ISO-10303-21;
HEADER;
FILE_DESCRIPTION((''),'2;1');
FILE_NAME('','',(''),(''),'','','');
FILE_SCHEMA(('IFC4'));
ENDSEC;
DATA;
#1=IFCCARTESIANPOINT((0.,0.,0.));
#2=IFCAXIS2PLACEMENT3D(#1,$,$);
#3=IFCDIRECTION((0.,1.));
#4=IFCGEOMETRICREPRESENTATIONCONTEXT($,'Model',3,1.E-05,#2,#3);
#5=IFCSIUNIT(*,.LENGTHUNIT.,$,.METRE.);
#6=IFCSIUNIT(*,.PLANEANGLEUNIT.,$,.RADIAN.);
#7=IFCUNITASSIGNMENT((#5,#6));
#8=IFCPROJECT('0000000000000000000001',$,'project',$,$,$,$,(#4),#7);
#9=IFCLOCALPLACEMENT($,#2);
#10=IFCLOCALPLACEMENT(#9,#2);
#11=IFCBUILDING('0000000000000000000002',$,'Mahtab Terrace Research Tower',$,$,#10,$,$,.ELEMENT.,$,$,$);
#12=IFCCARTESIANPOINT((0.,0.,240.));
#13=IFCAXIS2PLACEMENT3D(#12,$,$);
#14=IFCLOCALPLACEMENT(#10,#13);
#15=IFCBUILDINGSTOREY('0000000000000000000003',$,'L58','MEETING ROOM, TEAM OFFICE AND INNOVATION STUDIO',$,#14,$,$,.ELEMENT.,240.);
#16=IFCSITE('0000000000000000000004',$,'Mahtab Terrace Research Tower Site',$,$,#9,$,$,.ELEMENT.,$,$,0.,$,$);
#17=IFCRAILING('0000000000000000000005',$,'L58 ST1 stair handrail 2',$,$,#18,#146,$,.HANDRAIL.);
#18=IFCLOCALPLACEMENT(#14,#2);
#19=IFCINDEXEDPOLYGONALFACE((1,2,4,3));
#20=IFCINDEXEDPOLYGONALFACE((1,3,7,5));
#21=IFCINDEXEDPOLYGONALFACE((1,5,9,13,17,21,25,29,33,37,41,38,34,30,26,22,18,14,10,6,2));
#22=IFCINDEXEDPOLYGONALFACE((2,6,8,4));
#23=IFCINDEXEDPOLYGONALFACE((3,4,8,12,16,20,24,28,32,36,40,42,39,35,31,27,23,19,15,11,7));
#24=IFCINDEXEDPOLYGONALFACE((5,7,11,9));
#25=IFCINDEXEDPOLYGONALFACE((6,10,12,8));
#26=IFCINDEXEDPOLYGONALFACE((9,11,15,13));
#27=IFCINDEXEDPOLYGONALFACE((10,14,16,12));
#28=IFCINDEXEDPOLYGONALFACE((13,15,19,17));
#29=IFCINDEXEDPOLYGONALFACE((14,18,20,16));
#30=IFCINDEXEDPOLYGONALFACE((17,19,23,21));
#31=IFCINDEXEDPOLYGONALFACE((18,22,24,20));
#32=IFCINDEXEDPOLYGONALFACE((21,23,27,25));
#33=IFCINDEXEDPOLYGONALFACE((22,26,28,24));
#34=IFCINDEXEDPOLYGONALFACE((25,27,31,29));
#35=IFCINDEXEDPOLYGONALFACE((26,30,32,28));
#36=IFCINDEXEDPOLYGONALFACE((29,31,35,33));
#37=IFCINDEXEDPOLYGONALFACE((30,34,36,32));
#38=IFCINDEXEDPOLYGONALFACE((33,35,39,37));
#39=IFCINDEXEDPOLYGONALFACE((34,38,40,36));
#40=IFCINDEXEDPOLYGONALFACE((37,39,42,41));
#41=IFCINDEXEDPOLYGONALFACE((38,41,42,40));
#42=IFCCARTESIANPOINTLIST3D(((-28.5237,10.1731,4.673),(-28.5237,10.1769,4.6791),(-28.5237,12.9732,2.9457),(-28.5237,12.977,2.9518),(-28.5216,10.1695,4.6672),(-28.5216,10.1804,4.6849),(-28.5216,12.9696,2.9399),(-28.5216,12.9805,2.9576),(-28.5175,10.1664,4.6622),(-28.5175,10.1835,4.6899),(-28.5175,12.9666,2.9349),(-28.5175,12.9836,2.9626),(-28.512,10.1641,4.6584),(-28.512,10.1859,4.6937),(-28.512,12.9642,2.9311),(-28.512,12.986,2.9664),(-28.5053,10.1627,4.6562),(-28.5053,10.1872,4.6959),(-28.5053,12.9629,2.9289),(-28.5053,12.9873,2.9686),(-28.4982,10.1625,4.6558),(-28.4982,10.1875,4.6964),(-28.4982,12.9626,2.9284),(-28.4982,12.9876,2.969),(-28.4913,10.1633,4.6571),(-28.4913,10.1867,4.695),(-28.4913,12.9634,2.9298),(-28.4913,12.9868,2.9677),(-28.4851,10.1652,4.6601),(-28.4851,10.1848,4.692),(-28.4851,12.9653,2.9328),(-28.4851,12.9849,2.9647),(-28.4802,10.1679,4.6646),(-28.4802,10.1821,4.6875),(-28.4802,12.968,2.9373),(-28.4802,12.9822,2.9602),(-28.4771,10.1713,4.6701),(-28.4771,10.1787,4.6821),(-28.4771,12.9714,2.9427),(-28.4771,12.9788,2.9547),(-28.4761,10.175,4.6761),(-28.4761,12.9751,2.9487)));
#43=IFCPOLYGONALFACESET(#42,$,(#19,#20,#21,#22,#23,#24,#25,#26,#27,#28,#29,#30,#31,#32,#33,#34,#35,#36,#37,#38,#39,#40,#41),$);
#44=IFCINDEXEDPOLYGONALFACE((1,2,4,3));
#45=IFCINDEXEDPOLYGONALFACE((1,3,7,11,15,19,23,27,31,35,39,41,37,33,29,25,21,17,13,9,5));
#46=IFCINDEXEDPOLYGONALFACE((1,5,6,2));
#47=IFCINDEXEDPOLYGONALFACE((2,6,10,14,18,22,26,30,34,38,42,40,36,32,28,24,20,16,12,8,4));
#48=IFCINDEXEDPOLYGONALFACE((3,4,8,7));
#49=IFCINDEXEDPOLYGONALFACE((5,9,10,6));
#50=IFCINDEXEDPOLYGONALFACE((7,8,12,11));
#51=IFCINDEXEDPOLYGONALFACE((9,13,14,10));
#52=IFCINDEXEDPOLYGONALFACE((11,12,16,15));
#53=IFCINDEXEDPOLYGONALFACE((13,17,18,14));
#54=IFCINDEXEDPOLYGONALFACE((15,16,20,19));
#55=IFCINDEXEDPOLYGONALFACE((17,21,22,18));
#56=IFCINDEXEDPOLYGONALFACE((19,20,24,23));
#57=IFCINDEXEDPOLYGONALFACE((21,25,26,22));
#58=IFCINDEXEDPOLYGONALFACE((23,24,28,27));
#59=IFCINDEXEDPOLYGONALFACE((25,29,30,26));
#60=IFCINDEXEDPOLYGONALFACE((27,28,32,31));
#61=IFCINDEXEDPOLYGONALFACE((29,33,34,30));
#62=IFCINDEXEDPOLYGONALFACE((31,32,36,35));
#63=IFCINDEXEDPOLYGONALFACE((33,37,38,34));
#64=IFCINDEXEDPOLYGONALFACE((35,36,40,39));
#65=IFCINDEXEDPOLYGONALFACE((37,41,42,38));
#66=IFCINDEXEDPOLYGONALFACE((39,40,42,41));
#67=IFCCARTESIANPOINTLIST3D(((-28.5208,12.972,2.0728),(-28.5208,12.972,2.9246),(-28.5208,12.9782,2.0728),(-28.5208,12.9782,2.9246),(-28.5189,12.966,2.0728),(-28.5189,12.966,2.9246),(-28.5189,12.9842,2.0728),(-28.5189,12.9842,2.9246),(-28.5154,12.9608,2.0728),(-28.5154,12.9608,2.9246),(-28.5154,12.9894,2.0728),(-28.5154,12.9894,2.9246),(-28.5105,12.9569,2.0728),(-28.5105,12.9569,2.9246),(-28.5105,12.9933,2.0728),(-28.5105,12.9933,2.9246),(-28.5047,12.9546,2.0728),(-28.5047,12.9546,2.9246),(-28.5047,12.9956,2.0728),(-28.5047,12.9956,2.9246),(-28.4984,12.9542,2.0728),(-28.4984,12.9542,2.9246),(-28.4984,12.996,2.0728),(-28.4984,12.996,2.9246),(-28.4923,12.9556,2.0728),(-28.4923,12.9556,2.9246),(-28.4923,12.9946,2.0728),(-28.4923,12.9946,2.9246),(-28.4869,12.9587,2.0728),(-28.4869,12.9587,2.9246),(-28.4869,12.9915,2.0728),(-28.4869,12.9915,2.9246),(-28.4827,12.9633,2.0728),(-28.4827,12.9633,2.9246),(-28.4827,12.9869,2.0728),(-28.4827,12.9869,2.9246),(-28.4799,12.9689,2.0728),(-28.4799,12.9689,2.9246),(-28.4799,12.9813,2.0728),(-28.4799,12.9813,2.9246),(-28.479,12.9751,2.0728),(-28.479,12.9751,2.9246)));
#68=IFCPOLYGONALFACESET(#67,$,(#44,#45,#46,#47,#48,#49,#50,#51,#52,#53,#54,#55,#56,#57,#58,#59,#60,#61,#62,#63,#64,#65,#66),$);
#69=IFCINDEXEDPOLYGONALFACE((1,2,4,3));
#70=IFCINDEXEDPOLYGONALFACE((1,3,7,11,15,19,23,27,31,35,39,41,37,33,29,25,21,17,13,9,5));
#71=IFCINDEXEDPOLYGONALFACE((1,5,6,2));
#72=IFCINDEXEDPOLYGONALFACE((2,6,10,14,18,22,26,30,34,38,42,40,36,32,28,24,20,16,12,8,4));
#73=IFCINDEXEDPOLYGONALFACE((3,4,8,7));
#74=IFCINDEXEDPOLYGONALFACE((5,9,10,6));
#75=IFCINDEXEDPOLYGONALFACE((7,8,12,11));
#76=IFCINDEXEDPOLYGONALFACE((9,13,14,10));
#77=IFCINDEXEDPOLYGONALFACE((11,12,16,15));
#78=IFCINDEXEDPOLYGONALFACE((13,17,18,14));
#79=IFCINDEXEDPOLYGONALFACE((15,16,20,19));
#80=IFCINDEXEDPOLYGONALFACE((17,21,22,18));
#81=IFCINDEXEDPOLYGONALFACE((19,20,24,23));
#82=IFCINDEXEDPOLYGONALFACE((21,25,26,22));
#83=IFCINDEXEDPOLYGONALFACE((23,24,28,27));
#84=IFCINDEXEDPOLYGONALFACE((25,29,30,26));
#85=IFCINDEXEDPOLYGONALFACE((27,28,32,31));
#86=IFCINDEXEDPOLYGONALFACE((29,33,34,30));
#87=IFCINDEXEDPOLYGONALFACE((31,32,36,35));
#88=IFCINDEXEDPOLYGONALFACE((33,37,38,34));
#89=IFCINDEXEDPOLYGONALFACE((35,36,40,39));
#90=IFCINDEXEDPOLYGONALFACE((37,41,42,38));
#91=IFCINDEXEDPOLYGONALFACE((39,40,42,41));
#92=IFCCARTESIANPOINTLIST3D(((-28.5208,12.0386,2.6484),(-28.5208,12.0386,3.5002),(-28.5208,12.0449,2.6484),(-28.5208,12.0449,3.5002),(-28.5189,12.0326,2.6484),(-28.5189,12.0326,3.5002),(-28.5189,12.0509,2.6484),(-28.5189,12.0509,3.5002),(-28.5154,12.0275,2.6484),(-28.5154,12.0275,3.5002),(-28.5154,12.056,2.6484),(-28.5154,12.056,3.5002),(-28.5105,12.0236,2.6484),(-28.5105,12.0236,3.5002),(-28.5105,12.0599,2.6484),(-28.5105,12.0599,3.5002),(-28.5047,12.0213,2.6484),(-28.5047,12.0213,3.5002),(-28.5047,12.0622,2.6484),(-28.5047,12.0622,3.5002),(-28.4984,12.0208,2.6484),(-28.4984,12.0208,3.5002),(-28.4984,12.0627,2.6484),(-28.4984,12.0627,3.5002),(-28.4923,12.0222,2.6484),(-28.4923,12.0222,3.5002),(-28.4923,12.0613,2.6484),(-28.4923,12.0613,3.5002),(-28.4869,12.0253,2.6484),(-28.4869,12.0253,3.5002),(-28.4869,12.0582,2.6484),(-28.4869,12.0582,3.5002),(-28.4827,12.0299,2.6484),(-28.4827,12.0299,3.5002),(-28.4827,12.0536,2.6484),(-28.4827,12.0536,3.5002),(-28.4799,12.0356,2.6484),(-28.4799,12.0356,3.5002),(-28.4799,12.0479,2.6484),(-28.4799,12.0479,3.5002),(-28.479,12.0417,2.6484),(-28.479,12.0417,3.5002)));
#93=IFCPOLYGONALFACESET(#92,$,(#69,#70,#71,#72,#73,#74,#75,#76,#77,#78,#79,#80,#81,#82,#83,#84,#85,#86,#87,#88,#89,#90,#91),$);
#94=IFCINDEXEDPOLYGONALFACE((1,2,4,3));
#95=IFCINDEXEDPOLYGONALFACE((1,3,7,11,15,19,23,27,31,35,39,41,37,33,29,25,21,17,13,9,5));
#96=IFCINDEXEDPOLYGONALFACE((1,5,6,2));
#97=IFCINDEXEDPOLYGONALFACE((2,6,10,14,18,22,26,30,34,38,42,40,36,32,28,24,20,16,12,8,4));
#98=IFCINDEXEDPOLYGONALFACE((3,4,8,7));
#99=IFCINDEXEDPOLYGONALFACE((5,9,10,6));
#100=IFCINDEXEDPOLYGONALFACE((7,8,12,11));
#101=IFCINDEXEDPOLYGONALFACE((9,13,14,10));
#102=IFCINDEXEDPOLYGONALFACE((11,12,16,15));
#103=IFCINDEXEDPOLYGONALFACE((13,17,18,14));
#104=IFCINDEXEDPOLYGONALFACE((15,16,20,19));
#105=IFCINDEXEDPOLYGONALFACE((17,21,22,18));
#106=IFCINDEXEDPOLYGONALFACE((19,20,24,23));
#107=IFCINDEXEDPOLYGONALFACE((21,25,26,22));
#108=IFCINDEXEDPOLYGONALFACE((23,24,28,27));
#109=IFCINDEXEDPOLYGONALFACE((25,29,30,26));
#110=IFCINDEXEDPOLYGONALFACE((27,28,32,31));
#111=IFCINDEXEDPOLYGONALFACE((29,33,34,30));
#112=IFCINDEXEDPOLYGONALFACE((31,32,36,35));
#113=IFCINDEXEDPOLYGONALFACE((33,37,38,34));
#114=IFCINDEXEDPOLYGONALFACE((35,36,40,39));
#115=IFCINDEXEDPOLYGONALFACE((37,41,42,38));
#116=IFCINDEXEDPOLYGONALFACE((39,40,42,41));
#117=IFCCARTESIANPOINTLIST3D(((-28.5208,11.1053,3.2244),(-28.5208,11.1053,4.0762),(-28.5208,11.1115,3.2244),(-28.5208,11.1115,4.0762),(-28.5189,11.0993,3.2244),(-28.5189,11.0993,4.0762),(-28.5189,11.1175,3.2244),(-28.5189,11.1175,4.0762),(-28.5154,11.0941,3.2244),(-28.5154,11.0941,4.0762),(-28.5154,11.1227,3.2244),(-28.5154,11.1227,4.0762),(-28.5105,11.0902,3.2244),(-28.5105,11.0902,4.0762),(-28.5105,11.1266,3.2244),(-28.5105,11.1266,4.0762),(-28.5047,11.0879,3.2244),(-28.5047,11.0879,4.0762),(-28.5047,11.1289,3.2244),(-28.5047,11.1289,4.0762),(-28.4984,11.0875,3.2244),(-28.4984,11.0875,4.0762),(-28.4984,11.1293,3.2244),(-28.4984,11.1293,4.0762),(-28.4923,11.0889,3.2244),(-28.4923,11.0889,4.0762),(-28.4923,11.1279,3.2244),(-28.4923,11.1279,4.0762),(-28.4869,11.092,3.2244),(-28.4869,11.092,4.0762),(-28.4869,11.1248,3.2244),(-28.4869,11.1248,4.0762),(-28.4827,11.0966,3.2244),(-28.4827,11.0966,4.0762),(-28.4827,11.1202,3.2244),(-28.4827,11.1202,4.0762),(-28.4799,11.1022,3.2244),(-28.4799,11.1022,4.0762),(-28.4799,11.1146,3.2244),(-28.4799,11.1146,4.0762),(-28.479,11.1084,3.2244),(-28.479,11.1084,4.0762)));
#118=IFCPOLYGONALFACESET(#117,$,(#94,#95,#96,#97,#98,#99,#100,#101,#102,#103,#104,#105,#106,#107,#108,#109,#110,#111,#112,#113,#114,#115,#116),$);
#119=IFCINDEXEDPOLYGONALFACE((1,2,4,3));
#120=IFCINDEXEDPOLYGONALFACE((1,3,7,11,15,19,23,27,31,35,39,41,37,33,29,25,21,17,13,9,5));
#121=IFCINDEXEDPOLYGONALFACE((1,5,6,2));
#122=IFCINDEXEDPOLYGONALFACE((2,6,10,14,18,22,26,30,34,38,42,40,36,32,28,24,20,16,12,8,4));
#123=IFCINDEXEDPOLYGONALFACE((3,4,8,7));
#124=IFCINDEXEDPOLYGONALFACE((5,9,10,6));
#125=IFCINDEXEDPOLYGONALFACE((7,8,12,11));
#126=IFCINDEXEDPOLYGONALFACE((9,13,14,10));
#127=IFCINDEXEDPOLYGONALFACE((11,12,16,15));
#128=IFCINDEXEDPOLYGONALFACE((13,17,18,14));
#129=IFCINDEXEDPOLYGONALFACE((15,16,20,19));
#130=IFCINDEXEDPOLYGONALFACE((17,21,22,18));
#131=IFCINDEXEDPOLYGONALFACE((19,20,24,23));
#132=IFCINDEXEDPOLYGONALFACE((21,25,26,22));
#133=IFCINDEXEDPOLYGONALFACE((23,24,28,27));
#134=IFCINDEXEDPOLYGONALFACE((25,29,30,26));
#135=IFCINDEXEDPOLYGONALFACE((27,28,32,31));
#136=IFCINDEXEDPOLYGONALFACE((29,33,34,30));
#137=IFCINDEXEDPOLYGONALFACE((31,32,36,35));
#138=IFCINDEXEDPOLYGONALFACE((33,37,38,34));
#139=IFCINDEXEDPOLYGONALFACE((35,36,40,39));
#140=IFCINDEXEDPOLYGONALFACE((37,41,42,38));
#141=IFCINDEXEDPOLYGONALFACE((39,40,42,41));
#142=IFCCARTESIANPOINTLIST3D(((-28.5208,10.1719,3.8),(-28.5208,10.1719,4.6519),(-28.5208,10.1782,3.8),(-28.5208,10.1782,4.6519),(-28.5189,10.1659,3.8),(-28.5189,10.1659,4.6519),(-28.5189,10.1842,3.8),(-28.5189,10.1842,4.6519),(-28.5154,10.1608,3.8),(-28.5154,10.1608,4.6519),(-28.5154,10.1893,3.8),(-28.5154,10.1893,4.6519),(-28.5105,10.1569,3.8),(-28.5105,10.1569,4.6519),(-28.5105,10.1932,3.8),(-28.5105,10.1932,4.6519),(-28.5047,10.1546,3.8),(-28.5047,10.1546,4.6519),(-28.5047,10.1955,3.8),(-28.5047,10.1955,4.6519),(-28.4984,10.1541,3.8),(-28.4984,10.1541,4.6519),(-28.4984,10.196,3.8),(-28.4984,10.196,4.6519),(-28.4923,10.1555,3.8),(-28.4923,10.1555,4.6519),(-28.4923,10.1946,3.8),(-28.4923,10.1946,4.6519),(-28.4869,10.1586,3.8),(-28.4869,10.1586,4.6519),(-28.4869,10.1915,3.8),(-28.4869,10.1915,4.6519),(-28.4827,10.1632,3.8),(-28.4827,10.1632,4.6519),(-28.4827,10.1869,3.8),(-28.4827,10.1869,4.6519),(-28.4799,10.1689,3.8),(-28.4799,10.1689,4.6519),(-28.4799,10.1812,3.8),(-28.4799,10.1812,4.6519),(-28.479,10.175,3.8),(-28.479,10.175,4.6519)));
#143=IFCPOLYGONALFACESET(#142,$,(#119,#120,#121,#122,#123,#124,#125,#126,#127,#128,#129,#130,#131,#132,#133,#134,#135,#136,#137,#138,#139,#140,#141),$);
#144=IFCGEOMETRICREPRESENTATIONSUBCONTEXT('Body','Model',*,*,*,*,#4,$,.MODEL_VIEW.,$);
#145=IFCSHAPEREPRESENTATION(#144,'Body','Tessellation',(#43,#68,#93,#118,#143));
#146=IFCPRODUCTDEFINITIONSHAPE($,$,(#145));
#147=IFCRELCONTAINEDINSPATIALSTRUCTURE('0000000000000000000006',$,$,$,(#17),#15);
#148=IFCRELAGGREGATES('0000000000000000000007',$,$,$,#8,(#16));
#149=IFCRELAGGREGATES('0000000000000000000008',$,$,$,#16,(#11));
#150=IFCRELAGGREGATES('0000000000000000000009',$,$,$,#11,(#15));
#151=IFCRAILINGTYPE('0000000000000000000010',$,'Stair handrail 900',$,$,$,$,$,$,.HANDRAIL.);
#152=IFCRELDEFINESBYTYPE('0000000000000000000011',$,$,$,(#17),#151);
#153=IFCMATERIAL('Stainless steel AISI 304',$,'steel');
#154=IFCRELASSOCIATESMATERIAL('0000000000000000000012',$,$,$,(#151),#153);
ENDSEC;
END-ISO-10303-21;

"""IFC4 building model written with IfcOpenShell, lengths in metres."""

from ifc_helpers import new_model, si_unit, direction, frame, origin, origin_2d, place, context, subcontext, project, spatial, circle, extrude, material, type_object, element, save


model = new_model("IFC4")

# Units and contexts
model_context = context("Model", 3, precision=1e-05, world=origin(), true_north=direction((0.0, 1.0)))
body_context = subcontext(model_context, "Body", "Model", "MODEL_VIEW")
ifc_project = project(units=[si_unit("LENGTHUNIT", "METRE"), si_unit("PLANEANGLEUNIT", "RADIAN")], contexts=[model_context])

# Site, building, storey
site_placement = place(None, origin())
site = spatial("IfcSite", under=ifc_project, at=site_placement, Name="Mahtab Terrace Research Tower Site", CompositionType="ELEMENT", RefElevation=0.0)
building_placement = place(site_placement, origin())
building = spatial("IfcBuilding", under=site, at=building_placement, Name="Mahtab Terrace Research Tower", CompositionType="ELEMENT")
storey_placement = place(building_placement, frame((0.0, 0.0, 240.0)))
storey = spatial("IfcBuildingStorey", under=building, at=storey_placement, Name="L58", Description="MEETING ROOM, TEAM OFFICE AND INNOVATION STUDIO", CompositionType="ELEMENT", Elevation=240.0)

# Railing
ifc_material_1 = material(Name="Stainless steel AISI 304", Category="steel")
railing_type_1 = type_object("IfcRailingType", Name="Stair handrail 900", PredefinedType="HANDRAIL", material=ifc_material_1)
railing_1_placement = place(storey_placement, frame((-28.5, 12.9751, 2.0728)))
element("IfcRailing", 1, at=railing_1_placement, inside=storey, type_object=railing_type_1, Name="L58 ST1 stair handrail 2", PredefinedType="HANDRAIL", context=body_context, shape_type="SweptSolid", body=[
    extrude(circle(Radius=0.0239, at=origin_2d()), frame((0.0, 0.0, 0.876), z_axis=(0.0, -0.85109, 0.52502), x_axis=(1.0, 0.0, 0.0)), (0.0, 0.0, 1.0), 3.29),
    extrude(circle(Radius=0.021, at=origin_2d()), origin(), (0.0, 0.0, 1.0), 0.8518),
    extrude(circle(Radius=0.021, at=origin_2d()), frame((0.0, -0.9333, 0.5757)), (0.0, 0.0, 1.0), 0.8518),
    extrude(circle(Radius=0.021, at=origin_2d()), frame((0.0, -1.8667, 1.1516)), (0.0, 0.0, 1.0), 0.8518),
    extrude(circle(Radius=0.021, at=origin_2d()), frame((0.0, -2.8, 1.7273)), (0.0, 0.0, 1.0), 0.8518),
])

save(model, "model.ifc")
